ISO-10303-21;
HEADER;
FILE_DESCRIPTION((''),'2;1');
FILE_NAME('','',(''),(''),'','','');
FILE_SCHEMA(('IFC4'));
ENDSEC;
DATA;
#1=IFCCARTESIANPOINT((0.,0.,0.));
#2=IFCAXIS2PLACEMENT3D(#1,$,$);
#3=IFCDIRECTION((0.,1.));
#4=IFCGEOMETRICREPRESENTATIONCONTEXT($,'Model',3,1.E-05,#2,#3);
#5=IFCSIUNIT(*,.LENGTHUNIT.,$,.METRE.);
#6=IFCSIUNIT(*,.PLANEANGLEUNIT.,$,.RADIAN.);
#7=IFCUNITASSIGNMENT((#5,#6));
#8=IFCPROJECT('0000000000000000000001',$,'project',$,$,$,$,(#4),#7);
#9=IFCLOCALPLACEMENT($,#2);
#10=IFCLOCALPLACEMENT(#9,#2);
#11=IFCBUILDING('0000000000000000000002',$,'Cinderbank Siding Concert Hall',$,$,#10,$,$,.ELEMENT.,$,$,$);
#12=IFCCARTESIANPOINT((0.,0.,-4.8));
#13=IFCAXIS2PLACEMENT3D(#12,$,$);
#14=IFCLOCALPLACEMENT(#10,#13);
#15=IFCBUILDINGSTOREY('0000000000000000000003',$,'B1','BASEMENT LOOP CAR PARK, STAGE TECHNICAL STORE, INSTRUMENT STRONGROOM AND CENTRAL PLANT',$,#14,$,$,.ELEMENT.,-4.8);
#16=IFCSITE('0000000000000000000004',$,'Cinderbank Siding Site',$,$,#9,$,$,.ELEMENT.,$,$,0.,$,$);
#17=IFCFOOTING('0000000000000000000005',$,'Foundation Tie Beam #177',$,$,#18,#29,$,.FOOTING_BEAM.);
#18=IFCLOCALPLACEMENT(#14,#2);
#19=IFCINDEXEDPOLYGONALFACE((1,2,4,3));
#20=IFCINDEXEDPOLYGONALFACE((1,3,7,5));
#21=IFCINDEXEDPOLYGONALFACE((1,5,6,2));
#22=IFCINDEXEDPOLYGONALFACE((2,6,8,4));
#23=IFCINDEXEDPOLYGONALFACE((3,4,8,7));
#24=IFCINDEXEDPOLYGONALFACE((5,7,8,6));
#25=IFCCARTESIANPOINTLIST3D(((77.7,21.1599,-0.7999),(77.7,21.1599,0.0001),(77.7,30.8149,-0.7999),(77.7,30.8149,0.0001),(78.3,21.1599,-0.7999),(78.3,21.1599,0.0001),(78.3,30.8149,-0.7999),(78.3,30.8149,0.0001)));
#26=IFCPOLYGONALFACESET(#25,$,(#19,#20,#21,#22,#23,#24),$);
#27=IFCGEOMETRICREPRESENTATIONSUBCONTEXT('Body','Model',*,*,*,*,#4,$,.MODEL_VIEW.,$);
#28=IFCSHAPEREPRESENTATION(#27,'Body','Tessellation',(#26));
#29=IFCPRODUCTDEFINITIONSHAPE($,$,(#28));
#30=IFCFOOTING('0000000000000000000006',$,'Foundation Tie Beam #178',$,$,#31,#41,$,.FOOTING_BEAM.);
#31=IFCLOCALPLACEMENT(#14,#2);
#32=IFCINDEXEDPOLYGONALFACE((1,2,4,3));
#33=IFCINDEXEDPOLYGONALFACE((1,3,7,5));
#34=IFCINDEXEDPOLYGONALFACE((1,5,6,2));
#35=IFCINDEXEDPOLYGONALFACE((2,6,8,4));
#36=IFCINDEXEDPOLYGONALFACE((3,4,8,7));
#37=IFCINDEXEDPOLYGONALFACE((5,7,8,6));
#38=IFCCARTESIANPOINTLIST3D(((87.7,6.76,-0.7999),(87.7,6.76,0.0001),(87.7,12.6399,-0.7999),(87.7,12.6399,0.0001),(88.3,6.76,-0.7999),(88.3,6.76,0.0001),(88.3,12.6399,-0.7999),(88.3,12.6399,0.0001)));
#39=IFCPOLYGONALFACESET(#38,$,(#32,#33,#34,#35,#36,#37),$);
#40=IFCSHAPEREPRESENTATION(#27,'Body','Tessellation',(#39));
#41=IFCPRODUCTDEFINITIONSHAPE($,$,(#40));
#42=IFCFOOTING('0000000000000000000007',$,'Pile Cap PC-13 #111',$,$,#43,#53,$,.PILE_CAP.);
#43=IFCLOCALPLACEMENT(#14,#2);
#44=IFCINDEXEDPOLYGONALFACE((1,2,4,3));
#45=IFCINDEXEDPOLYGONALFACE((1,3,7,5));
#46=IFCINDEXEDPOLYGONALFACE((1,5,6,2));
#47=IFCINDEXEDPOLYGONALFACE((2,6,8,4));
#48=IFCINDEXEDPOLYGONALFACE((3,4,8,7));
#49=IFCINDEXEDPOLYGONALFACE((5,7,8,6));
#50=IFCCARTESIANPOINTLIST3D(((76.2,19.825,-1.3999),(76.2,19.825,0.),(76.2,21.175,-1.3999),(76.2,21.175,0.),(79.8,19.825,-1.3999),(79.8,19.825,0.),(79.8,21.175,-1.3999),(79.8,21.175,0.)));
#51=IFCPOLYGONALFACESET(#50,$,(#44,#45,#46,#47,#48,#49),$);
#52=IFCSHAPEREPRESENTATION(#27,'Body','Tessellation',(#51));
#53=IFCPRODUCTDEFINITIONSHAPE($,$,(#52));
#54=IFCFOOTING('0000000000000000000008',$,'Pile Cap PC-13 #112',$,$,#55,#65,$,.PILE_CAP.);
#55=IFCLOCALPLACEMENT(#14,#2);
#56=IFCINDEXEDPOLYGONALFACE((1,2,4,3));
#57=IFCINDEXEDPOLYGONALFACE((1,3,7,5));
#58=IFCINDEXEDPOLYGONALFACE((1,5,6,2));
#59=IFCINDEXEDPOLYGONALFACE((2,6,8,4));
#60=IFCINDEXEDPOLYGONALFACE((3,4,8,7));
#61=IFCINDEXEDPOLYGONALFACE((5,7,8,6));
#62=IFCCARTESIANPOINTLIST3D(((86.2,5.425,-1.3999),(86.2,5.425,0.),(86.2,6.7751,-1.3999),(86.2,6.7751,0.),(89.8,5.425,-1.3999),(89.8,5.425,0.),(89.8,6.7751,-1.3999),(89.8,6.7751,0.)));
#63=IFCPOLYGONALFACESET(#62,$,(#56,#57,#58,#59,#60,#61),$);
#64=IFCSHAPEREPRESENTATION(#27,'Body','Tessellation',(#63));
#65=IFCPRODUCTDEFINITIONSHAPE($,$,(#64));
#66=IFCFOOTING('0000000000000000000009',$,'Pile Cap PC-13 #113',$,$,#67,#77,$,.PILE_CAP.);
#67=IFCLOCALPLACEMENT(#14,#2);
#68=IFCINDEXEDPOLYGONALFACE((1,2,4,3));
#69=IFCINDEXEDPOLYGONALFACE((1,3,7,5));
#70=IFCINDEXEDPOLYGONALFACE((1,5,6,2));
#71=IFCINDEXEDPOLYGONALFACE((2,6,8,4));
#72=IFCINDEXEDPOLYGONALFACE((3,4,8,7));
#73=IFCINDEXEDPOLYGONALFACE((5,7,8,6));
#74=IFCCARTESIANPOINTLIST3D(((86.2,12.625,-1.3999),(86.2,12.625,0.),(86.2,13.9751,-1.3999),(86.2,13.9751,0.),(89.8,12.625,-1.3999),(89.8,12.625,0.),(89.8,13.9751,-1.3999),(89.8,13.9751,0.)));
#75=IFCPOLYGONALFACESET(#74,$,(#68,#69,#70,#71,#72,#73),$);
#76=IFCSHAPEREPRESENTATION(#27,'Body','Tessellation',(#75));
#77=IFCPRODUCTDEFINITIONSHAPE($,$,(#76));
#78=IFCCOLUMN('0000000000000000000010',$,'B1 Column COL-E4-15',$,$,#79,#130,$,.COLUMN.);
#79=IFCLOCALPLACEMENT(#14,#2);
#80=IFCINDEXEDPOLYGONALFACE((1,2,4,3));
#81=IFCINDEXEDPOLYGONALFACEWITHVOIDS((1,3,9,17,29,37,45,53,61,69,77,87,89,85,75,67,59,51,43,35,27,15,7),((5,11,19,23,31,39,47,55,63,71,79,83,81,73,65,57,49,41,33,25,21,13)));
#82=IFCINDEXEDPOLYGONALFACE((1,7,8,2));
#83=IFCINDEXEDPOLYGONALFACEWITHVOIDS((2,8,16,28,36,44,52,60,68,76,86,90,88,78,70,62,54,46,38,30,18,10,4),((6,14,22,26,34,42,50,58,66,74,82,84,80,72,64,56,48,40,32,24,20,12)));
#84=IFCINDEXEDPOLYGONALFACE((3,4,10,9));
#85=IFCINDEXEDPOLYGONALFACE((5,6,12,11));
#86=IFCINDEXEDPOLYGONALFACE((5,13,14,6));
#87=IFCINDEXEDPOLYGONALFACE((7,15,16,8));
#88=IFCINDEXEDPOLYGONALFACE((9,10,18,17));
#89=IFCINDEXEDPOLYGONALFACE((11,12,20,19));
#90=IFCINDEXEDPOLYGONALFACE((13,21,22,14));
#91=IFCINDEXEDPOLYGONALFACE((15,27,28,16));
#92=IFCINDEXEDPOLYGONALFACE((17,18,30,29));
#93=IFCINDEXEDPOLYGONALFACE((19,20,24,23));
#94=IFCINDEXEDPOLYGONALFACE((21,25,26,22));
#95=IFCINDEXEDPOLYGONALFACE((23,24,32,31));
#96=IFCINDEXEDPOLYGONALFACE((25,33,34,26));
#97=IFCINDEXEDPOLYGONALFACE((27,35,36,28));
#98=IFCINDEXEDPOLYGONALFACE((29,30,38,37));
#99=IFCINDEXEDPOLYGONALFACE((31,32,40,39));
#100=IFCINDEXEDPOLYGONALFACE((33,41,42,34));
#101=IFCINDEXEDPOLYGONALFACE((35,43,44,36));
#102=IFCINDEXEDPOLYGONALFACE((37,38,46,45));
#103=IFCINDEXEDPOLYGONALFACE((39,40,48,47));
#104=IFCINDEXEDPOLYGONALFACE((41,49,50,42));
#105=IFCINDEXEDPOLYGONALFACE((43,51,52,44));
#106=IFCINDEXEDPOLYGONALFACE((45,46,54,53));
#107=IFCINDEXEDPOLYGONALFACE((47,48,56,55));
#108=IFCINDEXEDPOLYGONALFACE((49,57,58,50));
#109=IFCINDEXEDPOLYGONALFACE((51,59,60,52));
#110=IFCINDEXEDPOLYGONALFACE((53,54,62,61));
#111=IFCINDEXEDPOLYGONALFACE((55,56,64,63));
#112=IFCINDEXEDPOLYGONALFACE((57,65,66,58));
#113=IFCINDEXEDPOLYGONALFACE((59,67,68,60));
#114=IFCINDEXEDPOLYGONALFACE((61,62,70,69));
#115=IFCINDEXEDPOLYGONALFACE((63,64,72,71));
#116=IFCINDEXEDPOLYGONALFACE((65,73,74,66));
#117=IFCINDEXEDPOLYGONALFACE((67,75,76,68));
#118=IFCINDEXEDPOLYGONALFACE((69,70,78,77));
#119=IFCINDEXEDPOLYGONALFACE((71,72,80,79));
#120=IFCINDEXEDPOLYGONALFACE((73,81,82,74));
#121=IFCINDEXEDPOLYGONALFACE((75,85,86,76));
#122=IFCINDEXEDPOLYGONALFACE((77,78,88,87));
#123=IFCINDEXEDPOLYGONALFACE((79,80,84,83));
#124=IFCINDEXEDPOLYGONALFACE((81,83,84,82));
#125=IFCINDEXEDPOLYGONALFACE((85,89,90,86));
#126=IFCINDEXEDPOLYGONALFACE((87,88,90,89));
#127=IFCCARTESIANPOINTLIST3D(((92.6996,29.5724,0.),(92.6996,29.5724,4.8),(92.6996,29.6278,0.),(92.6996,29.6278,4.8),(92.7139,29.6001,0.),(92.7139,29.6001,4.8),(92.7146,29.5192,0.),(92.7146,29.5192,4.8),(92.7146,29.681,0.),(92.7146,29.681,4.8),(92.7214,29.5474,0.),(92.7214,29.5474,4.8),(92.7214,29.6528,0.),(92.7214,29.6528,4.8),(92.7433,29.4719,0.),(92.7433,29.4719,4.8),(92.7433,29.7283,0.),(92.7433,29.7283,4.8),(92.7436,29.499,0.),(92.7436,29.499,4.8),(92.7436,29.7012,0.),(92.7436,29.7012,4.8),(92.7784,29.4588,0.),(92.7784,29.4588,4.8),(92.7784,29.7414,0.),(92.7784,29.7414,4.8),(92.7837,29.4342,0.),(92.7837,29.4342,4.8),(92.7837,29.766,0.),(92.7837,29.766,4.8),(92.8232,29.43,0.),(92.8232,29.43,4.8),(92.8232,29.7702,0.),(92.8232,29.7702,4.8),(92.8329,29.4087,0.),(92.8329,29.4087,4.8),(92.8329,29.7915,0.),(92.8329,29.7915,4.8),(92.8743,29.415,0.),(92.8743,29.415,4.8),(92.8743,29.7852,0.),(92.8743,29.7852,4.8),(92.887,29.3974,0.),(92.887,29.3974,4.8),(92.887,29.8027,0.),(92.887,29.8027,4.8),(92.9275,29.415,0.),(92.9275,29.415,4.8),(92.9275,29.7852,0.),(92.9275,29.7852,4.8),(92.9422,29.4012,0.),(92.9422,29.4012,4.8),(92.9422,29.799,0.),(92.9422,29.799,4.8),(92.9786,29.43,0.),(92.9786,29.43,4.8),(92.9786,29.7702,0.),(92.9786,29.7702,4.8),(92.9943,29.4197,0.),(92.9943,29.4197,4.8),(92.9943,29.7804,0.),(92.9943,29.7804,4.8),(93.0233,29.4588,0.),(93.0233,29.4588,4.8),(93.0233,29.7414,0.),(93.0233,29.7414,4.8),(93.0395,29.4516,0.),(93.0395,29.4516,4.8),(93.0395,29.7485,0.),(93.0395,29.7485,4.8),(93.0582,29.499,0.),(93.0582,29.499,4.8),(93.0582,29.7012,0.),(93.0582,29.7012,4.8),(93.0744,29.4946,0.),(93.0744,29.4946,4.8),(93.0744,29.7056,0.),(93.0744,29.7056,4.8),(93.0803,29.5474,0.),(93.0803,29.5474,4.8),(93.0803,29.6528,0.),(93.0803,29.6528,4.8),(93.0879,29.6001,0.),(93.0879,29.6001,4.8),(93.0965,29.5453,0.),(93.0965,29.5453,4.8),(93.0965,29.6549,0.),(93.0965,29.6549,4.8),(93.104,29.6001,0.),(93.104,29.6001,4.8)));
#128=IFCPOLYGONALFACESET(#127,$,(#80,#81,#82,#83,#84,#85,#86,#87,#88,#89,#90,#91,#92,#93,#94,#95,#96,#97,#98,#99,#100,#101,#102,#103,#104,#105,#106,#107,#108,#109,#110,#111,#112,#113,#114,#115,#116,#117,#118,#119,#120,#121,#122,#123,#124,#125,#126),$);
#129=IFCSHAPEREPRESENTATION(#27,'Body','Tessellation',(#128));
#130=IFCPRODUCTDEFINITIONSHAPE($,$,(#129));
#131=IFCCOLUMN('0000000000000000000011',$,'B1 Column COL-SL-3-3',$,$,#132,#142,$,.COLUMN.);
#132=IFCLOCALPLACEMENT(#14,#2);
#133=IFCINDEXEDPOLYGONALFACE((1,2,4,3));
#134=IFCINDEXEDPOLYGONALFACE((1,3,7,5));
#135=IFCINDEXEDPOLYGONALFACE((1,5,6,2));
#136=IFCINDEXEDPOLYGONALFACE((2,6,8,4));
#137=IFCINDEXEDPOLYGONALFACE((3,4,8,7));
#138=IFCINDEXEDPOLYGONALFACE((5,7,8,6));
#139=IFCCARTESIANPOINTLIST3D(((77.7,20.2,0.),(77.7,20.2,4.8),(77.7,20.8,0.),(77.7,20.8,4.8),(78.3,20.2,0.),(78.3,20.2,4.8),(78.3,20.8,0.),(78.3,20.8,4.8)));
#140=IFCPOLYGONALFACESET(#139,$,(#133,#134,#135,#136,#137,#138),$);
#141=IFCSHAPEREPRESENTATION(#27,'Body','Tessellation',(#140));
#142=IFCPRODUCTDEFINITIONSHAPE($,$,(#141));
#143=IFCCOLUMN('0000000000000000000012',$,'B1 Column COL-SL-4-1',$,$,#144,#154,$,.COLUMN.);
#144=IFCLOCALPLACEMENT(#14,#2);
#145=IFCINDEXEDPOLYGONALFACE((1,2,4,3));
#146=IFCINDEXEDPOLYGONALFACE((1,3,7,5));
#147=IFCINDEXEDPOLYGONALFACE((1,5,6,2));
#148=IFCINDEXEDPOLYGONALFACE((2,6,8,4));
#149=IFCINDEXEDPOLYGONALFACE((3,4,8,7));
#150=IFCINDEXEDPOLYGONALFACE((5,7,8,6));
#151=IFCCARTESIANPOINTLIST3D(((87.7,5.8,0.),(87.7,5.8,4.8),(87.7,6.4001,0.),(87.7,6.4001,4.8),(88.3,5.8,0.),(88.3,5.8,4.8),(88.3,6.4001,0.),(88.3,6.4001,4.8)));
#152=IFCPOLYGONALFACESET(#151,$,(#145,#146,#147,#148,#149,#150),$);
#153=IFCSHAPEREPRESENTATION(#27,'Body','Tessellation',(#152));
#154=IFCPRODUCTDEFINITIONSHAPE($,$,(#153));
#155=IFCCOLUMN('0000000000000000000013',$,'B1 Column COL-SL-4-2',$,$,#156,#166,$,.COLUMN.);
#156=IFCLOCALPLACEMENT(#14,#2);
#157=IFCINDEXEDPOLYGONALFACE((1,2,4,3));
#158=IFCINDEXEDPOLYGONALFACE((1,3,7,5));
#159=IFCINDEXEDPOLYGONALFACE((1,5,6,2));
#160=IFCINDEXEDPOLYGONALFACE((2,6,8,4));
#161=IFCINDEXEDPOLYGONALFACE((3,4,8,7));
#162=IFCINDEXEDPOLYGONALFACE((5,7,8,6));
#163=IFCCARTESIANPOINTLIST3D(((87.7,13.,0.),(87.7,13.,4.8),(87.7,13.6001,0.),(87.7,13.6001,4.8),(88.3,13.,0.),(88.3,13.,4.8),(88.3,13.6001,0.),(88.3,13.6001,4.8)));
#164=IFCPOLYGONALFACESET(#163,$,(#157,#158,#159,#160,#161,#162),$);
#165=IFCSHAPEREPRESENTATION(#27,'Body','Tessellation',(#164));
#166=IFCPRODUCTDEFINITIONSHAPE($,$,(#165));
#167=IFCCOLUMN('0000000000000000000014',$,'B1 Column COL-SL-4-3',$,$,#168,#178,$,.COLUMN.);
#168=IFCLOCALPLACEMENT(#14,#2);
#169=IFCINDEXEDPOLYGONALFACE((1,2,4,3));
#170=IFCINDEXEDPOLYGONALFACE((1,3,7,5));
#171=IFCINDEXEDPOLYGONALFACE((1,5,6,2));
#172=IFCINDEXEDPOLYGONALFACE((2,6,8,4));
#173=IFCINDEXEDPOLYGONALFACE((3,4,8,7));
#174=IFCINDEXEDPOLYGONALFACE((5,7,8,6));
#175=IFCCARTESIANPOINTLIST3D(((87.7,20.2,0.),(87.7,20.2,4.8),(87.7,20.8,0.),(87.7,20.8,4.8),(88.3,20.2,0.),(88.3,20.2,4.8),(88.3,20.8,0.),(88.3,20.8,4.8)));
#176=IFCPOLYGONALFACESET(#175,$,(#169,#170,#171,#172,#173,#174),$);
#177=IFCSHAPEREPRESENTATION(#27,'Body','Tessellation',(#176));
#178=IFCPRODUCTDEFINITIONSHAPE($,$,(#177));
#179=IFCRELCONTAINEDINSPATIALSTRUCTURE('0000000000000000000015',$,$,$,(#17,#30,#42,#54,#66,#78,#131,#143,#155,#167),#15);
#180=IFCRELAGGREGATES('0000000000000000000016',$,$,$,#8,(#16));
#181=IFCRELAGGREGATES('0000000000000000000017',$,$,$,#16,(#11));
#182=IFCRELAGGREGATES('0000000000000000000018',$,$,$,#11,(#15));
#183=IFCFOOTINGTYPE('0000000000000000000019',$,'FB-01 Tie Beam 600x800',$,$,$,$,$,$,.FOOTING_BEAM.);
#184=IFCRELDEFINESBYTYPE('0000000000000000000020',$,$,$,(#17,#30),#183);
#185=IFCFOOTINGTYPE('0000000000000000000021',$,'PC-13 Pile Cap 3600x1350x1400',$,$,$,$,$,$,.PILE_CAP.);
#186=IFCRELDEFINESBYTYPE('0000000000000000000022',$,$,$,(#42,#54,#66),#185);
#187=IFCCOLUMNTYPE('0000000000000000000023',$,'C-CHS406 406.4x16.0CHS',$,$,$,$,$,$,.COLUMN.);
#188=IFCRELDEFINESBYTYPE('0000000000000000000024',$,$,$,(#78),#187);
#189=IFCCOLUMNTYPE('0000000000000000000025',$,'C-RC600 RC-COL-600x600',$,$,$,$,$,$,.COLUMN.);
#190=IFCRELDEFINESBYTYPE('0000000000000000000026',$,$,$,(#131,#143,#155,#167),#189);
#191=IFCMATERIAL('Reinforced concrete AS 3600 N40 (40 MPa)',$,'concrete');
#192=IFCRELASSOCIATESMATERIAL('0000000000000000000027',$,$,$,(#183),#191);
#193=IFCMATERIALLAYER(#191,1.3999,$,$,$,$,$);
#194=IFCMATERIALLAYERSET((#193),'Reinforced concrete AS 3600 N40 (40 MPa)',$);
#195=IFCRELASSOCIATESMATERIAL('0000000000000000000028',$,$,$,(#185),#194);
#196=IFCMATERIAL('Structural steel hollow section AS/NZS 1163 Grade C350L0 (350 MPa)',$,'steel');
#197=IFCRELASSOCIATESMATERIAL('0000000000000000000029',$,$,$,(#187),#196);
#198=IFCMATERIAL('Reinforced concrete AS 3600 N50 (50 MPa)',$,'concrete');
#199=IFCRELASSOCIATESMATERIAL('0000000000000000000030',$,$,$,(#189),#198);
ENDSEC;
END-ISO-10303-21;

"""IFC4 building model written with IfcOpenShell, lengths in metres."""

from ifc_helpers import new_model, si_unit, direction, frame, origin, origin_2d, place, context, subcontext, project, spatial, rectangle, hollow_circle, extrude, material, layer, layer_set, material_profile, profile_set, type_object, element, save


model = new_model("IFC4")

# Units and contexts
model_context = context("Model", 3, precision=1e-05, world=origin(), true_north=direction((0.0, 1.0)))
body_context = subcontext(model_context, "Body", "Model", "MODEL_VIEW")
ifc_project = project(units=[si_unit("LENGTHUNIT", "METRE"), si_unit("PLANEANGLEUNIT", "RADIAN")], contexts=[model_context])

# Site, building, storey
site_placement = place(None, origin())
site = spatial("IfcSite", under=ifc_project, at=site_placement, Name="Cinderbank Siding Site", CompositionType="ELEMENT", RefElevation=0.0)
building_placement = place(site_placement, origin())
building = spatial("IfcBuilding", under=site, at=building_placement, Name="Cinderbank Siding Concert Hall", CompositionType="ELEMENT")
storey_placement = place(building_placement, frame((0.0, 0.0, -4.8)))
storey = spatial("IfcBuildingStorey", under=building, at=storey_placement, Name="B1", Description="BASEMENT LOOP CAR PARK, STAGE TECHNICAL STORE, INSTRUMENT STRONGROOM AND CENTRAL PLANT", CompositionType="ELEMENT", Elevation=-4.8)

# Shared definitions
ifc_material_1 = material(Name="Reinforced concrete AS 3600 N40 (40 MPa)", Category="concrete")

# Footings
ifc_material_profile_1 = material_profile(ifc_material_1, rectangle(XDim=0.6001, YDim=0.8, at=origin_2d()), Name="RC-FB-600x800", Category="LoadBearing")
ifc_profile_set_1 = profile_set([ifc_material_profile_1], Name="Reinforced concrete AS 3600 N40 (40 MPa)")
footing_type_1 = type_object("IfcFootingType", Name="FB-01 Tie Beam 600x800", PredefinedType="FOOTING_BEAM", material=ifc_profile_set_1)
footing_1_placement = place(storey_placement, frame((78.0, 21.1599, -0.3999), z_axis=(0.0, 1.0, 0.0), x_axis=(-1.0, 0.0, 0.0)))
element("IfcFooting", 1, at=footing_1_placement, inside=storey, type_object=footing_type_1, Name="Foundation Tie Beam #177", PredefinedType="FOOTING_BEAM", context=body_context, shape_type="SweptSolid", body=[
    extrude(rectangle(XDim=0.6001, YDim=0.8, at=origin_2d()), origin(), (0.0, 0.0, 1.0), 9.655),
])
footing_2_placement = place(storey_placement, frame((88.0, 6.76, -0.3999), z_axis=(0.0, 1.0, 0.0), x_axis=(-1.0, 0.0, 0.0)))
element("IfcFooting", 2, at=footing_2_placement, inside=storey, type_object=footing_type_1, Name="Foundation Tie Beam #178", PredefinedType="FOOTING_BEAM", context=body_context, shape_type="SweptSolid", body=[
    extrude(rectangle(XDim=0.6001, YDim=0.8, at=origin_2d()), origin(), (0.0, 0.0, 1.0), 5.8799),
])
ifc_layer_1 = layer(ifc_material_1, 1.3999)
ifc_layer_set_1 = layer_set([ifc_layer_1], Name="Reinforced concrete AS 3600 N40 (40 MPa)")
footing_type_2 = type_object("IfcFootingType", Name="PC-13 Pile Cap 3600x1350x1400", PredefinedType="PILE_CAP", material=ifc_layer_set_1)
for number, where, z_axis, x_axis, name in (
    (3, (78.0, 20.5, -1.3999), (0.0, 0.0, 1.0), (1.0, 0.0, 0.0), "Pile Cap PC-13 #111"),
    (4, (88.0, 6.1001, -1.3999), (0.0, 0.0, 1.0), (1.0, 0.0, 0.0), "Pile Cap PC-13 #112"),
    (5, (88.0, 13.3, -1.3999), (0.0, 0.0, 1.0), (1.0, 0.0, 0.0), "Pile Cap PC-13 #113"),
):
    element("IfcFooting", number, at=place(storey_placement, frame(where, z_axis=z_axis, x_axis=x_axis)), inside=storey, type_object=footing_type_2, Name=name, PredefinedType="PILE_CAP", context=body_context, shape_type="SweptSolid", body=[
        extrude(rectangle(XDim=3.6001, YDim=1.3501, at=origin_2d()), origin(), (0.0, 0.0, 1.0), 1.3999),
    ])

# Columns
ifc_material_2 = material(Name="Structural steel hollow section AS/NZS 1163 Grade C350L0 (350 MPa)", Category="steel")
ifc_material_profile_2 = material_profile(ifc_material_2, hollow_circle(Radius=0.2031, WallThickness=0.0161, at=origin_2d()), Name="406.4x16.0CHS", Category="LoadBearing")
ifc_profile_set_2 = profile_set([ifc_material_profile_2], Name="Structural steel hollow section AS/NZS 1163 Grade C350L0 (350 MPa)")
column_type_1 = type_object("IfcColumnType", Name="C-CHS406 406.4x16.0CHS", PredefinedType="COLUMN", material=ifc_profile_set_2)
column_1_placement = place(storey_placement, frame((92.9009, 29.6001, 0.0), z_axis=(0.0, 0.0, 1.0), x_axis=(1.0, 0.0, 0.0)))
element("IfcColumn", 6, at=column_1_placement, inside=storey, type_object=column_type_1, Name="B1 Column COL-E4-15", PredefinedType="COLUMN", context=body_context, shape_type="SweptSolid", body=[
    extrude(hollow_circle(Radius=0.2031, WallThickness=0.0161, at=origin_2d()), origin(), (0.0, 0.0, 1.0), 4.8),
])
ifc_material_3 = material(Name="Reinforced concrete AS 3600 N50 (50 MPa)", Category="concrete")
ifc_material_profile_3 = material_profile(ifc_material_3, rectangle(XDim=0.6001, YDim=0.6001, at=origin_2d()), Name="RC-COL-600x600", Category="LoadBearing")
ifc_profile_set_3 = profile_set([ifc_material_profile_3], Name="Reinforced concrete AS 3600 N50 (50 MPa)")
column_type_2 = type_object("IfcColumnType", Name="C-RC600 RC-COL-600x600", PredefinedType="COLUMN", material=ifc_profile_set_3)
for number, where, z_axis, x_axis, name in (
    (7, (78.0, 20.5, 0.0), (0.0, 0.0, 1.0), (1.0, 0.0, 0.0), "B1 Column COL-SL-3-3"),
    (8, (88.0, 6.1001, 0.0), (0.0, 0.0, 1.0), (1.0, 0.0, 0.0), "B1 Column COL-SL-4-1"),
    (9, (88.0, 13.3, 0.0), (0.0, 0.0, 1.0), (1.0, 0.0, 0.0), "B1 Column COL-SL-4-2"),
    (10, (88.0, 20.5, 0.0), (0.0, 0.0, 1.0), (1.0, 0.0, 0.0), "B1 Column COL-SL-4-3"),
):
    element("IfcColumn", number, at=place(storey_placement, frame(where, z_axis=z_axis, x_axis=x_axis)), inside=storey, type_object=column_type_2, Name=name, PredefinedType="COLUMN", context=body_context, shape_type="SweptSolid", body=[
        extrude(rectangle(XDim=0.6001, YDim=0.6001, at=origin_2d()), origin(), (0.0, 0.0, 1.0), 4.8),
    ])

save(model, "model.ifc")
